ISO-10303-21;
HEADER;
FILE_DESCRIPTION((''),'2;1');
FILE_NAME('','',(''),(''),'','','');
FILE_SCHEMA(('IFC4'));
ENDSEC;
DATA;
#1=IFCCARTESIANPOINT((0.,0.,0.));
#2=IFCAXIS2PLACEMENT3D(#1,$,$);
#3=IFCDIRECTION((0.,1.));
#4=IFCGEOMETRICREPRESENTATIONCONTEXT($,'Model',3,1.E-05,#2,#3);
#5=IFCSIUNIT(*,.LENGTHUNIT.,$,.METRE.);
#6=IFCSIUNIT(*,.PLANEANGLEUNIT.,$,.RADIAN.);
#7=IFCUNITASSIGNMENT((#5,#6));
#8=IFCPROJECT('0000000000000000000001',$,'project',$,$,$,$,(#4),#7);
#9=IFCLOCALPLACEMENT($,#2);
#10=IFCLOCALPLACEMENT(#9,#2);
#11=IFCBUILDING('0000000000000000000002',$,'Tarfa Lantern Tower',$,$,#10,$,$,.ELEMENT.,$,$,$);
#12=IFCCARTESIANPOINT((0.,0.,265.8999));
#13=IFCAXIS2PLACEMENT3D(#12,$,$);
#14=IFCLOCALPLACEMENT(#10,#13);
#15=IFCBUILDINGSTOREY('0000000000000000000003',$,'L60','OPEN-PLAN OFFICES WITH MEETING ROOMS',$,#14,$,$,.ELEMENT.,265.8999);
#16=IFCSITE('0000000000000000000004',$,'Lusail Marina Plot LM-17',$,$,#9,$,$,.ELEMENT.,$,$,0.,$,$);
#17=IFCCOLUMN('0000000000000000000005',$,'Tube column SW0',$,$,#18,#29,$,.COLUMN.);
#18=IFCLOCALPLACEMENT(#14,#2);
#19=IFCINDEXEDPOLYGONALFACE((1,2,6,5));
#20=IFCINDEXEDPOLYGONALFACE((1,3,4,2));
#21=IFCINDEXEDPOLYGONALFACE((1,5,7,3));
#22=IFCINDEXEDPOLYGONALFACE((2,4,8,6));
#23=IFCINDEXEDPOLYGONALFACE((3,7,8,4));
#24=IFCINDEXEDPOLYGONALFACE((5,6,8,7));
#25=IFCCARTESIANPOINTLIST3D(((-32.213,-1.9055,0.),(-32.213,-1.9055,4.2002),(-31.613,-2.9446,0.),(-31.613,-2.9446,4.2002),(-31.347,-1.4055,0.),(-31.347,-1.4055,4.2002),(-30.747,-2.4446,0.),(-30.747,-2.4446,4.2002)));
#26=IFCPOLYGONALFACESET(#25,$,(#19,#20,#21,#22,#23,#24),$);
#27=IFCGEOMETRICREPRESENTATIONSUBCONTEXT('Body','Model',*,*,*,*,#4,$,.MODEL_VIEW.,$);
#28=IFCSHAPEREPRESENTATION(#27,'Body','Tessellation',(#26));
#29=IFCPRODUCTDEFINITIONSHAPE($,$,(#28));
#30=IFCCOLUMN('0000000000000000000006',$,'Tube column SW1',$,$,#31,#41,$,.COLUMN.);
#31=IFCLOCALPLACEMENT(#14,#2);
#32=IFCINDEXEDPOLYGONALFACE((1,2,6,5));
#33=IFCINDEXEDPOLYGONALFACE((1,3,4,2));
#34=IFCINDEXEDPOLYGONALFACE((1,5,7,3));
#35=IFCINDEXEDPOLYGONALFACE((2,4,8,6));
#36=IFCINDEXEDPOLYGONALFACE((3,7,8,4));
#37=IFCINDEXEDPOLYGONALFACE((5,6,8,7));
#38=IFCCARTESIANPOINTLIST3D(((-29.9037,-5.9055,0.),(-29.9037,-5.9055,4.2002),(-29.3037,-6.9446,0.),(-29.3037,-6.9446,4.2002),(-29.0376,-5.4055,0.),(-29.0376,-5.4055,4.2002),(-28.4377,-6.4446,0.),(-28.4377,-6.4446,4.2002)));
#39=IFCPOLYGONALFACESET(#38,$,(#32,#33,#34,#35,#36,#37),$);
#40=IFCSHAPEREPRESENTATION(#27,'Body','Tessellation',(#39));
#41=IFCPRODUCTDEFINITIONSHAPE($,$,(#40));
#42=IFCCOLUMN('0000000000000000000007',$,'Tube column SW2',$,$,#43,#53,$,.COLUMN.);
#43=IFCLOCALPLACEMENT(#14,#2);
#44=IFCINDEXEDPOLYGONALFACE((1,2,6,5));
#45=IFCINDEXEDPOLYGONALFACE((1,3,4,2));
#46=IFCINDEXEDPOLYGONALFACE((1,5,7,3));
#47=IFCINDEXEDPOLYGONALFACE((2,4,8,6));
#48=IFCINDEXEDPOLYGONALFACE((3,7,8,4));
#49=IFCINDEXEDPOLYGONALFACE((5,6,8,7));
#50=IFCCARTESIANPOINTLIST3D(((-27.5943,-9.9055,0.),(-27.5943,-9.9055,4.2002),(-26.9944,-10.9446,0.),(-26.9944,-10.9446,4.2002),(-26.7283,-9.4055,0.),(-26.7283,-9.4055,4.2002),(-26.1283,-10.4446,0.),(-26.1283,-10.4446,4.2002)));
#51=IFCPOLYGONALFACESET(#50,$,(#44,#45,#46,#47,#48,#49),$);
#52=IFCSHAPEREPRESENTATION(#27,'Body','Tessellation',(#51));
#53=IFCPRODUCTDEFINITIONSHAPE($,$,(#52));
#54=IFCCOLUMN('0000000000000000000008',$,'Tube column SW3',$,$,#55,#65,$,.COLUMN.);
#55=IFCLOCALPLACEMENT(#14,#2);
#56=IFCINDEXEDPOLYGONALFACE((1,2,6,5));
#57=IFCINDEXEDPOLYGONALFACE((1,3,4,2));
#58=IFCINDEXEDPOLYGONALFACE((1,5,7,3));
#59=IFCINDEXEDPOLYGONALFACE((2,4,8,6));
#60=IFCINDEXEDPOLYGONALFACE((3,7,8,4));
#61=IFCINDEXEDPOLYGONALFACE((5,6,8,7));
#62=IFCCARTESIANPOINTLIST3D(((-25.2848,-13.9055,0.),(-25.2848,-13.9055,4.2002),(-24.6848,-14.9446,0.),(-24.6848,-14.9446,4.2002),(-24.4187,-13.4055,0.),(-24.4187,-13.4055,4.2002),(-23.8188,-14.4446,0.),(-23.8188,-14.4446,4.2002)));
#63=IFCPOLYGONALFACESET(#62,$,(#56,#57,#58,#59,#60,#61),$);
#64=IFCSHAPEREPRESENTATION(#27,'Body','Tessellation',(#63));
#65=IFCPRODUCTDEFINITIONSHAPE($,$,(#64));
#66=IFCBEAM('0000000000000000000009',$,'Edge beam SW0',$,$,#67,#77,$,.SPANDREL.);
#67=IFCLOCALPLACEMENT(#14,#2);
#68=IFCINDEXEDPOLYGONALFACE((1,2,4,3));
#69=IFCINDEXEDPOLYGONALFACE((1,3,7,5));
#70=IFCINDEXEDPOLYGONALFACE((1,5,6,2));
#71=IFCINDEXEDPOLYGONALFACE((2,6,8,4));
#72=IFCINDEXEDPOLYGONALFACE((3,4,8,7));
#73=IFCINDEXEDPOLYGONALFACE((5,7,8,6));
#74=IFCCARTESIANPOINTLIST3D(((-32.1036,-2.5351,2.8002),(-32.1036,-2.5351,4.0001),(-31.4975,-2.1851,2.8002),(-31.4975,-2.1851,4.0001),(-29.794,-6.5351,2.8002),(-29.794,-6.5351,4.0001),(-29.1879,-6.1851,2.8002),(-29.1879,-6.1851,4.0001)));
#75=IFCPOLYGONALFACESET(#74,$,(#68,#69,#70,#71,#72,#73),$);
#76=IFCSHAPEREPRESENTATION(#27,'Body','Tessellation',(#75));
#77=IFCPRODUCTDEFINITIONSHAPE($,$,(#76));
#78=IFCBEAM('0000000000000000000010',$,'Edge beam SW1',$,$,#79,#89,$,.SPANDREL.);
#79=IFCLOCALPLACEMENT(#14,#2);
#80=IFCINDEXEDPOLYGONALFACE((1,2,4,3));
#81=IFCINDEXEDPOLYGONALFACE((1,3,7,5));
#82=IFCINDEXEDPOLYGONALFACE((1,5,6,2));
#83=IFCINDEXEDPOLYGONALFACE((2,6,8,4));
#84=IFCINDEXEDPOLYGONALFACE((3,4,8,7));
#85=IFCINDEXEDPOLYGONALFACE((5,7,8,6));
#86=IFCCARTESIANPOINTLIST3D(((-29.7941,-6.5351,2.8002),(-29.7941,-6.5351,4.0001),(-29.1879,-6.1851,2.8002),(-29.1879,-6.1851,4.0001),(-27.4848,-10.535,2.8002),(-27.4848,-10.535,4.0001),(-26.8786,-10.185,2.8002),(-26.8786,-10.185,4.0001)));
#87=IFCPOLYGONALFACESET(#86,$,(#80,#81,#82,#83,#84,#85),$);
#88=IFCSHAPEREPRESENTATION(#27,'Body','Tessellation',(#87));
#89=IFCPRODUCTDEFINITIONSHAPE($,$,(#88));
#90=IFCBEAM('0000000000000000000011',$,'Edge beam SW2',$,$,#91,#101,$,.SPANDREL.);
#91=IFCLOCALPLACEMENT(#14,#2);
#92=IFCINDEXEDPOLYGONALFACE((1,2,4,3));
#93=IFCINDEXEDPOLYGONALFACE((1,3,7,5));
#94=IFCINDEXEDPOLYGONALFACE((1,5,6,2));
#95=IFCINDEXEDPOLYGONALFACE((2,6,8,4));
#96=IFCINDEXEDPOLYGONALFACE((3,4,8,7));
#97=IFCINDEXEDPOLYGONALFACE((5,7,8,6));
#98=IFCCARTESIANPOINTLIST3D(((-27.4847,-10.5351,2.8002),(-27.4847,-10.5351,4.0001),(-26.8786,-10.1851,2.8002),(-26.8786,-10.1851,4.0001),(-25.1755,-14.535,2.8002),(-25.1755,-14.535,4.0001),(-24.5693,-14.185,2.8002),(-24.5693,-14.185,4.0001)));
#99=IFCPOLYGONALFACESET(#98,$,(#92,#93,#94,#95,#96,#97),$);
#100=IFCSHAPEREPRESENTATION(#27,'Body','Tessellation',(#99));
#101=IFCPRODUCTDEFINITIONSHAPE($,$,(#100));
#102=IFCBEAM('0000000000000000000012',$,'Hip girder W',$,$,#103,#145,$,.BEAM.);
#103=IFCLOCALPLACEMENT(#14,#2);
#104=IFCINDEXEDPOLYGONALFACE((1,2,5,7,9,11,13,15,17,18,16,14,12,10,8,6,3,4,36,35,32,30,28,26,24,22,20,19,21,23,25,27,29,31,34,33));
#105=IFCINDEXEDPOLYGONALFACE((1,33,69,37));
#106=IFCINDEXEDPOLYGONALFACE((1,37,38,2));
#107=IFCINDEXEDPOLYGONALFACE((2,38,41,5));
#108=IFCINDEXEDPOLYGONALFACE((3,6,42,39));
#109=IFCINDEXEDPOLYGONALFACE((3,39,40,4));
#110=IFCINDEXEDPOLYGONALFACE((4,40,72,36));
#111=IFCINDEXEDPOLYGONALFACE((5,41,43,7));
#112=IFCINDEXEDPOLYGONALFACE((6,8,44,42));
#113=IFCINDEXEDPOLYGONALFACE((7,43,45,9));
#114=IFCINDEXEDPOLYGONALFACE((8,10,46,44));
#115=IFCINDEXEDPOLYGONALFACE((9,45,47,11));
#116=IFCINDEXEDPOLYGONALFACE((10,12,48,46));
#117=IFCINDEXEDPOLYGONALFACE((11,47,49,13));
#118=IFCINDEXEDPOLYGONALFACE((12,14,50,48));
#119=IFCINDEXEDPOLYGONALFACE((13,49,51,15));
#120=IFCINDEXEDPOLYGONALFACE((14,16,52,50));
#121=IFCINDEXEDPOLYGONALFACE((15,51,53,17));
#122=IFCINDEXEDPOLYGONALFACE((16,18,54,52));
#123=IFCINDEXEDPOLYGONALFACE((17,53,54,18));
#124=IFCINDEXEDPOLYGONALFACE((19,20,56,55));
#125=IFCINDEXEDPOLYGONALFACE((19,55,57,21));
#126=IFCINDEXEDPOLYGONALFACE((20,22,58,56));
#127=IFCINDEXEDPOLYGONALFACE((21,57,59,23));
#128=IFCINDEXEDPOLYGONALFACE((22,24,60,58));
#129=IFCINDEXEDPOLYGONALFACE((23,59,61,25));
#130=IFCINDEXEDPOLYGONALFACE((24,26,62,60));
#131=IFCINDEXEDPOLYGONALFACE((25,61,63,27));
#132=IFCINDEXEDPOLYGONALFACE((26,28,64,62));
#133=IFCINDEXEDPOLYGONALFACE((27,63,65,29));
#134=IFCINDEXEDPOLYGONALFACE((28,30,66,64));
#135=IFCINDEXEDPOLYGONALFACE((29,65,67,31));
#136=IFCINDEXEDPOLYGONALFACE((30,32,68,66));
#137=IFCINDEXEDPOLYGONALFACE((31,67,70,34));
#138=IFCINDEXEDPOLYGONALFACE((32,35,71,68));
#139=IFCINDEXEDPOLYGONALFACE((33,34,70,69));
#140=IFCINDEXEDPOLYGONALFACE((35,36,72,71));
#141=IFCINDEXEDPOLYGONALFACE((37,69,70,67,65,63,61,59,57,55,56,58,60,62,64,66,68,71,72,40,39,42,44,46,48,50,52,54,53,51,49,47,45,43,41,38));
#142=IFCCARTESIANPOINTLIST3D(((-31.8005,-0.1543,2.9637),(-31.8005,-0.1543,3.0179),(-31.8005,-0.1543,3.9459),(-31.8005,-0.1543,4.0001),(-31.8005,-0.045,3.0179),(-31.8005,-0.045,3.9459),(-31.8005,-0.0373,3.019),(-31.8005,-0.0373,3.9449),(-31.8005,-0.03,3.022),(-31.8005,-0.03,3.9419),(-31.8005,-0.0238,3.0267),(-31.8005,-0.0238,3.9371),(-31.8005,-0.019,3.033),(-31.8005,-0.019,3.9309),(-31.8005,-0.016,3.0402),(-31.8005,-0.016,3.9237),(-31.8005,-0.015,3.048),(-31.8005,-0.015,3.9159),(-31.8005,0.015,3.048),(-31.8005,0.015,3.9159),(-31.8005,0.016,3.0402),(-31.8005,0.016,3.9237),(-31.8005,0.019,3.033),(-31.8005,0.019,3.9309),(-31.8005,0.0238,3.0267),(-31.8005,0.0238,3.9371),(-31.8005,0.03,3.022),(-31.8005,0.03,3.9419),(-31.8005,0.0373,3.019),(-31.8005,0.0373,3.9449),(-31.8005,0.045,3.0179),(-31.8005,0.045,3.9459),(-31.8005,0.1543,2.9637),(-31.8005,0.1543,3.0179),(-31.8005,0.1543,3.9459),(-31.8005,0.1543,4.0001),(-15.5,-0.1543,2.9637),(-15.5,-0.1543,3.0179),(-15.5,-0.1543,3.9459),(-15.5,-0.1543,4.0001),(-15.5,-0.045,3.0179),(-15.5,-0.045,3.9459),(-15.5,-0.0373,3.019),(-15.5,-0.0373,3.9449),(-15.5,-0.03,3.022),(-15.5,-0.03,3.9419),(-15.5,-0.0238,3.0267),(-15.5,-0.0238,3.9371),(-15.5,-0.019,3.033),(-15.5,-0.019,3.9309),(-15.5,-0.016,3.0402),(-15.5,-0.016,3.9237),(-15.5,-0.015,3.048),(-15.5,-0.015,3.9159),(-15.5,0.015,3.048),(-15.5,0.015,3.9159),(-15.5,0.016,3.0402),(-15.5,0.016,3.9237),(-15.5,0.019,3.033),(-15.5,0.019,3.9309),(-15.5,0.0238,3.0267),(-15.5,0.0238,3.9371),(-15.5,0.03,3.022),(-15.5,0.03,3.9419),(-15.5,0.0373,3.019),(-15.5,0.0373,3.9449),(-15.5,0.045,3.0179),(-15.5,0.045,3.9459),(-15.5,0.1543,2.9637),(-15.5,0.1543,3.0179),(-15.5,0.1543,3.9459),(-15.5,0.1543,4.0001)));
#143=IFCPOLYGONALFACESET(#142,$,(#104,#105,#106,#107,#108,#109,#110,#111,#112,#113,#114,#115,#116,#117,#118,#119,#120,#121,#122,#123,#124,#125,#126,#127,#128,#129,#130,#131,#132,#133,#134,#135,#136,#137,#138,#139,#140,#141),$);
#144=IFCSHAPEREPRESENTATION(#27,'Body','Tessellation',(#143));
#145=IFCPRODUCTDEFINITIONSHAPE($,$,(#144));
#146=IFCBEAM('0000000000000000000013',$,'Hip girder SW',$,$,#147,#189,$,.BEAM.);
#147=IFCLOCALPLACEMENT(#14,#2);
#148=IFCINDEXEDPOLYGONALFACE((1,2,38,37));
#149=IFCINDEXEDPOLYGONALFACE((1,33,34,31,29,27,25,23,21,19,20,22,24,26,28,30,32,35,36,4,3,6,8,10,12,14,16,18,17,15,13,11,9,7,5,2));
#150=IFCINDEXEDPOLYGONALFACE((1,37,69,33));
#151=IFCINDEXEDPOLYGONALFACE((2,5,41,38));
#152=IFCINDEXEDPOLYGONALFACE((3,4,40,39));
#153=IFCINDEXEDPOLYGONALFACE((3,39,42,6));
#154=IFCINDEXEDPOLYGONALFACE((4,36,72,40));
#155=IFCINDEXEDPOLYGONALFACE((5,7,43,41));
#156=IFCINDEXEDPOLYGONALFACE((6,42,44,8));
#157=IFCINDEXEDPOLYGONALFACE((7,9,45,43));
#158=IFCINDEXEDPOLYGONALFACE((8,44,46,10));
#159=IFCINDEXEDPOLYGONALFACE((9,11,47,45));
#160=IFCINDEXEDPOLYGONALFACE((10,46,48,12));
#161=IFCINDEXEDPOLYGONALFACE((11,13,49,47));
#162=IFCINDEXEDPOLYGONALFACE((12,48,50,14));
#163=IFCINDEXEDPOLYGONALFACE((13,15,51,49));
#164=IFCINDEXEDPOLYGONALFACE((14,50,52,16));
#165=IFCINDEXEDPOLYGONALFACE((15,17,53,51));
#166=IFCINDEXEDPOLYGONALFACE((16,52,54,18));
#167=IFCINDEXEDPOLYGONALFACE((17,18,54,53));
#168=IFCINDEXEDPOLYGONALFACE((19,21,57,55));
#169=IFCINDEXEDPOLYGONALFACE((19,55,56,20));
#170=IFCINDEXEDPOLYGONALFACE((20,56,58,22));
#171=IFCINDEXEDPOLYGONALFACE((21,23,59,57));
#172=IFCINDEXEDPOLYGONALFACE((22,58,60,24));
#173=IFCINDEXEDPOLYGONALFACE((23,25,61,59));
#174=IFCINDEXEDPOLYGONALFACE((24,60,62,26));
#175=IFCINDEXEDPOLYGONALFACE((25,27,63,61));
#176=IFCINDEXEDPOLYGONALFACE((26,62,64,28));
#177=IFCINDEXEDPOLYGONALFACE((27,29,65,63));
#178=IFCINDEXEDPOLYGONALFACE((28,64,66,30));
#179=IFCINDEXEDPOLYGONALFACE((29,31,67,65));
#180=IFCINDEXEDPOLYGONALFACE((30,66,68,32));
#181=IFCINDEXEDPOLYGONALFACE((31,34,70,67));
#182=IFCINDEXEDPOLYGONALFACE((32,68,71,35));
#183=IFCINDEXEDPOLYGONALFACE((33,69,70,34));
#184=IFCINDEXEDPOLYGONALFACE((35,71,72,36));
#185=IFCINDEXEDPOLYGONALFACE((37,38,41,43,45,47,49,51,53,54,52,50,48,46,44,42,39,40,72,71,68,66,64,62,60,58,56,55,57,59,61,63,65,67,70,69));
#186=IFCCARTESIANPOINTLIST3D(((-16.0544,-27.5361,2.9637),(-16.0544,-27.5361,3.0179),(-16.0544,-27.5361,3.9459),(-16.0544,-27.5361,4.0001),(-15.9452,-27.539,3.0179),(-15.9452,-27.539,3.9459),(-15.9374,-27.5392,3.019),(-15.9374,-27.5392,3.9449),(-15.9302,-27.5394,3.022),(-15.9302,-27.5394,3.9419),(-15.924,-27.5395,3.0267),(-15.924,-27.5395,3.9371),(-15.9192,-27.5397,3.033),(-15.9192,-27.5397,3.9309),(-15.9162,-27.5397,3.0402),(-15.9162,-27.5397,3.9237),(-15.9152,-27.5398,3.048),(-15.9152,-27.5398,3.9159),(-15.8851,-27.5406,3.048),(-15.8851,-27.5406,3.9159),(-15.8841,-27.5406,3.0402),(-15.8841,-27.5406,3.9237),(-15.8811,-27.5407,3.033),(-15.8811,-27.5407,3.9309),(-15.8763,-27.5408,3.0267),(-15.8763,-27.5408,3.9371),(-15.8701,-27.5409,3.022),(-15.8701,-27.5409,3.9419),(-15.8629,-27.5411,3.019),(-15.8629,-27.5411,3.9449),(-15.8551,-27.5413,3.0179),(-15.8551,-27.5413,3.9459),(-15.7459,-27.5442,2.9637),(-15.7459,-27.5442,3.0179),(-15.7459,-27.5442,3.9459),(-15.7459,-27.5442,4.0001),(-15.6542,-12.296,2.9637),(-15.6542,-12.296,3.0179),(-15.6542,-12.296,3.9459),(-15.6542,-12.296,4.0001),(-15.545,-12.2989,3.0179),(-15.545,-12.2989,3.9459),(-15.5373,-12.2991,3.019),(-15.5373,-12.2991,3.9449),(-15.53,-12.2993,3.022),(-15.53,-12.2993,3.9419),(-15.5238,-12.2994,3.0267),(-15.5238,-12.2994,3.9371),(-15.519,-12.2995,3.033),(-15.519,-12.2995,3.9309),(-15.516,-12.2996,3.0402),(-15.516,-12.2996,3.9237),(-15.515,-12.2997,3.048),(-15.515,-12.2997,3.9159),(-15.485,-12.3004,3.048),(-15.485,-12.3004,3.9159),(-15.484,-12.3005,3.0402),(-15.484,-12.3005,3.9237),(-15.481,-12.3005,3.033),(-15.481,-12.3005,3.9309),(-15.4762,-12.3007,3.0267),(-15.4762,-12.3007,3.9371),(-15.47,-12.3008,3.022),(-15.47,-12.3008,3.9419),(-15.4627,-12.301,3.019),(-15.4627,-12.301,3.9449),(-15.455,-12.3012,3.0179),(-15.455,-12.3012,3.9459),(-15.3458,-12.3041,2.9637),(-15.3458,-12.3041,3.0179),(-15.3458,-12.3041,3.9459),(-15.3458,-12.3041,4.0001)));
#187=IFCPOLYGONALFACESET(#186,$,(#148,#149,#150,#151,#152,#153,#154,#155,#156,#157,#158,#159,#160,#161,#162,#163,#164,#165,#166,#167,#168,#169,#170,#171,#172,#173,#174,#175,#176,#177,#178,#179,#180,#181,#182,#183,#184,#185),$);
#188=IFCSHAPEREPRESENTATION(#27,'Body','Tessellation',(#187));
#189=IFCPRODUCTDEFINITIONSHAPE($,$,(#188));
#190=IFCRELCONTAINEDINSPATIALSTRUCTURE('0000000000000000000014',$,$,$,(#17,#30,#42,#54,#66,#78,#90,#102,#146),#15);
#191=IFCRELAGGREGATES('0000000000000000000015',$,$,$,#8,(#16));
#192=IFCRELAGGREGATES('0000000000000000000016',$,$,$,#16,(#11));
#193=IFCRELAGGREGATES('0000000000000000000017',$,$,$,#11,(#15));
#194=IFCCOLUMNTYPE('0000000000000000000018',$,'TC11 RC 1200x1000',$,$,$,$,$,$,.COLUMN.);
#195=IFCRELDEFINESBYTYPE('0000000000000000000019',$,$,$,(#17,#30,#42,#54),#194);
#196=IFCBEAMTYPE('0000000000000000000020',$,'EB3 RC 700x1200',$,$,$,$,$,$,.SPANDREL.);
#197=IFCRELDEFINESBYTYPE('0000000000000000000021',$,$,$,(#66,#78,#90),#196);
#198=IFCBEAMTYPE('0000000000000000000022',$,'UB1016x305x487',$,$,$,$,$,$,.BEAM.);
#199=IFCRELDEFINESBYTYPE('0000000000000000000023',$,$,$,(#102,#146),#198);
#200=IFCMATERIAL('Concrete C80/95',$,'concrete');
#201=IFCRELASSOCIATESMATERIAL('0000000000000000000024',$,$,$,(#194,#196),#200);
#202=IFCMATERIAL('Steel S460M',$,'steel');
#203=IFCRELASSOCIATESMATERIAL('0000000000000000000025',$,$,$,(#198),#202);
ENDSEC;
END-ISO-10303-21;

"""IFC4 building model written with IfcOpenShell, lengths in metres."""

from ifc_helpers import new_model, si_unit, direction, frame, origin, origin_2d, place, context, subcontext, project, spatial, rectangle, i_section, extrude, material, material_profile, profile_set, type_object, element, save


model = new_model("IFC4")

# Units and contexts
model_context = context("Model", 3, precision=1e-05, world=origin(), true_north=direction((0.0, 1.0)))
body_context = subcontext(model_context, "Body", "Model", "MODEL_VIEW")
ifc_project = project(units=[si_unit("LENGTHUNIT", "METRE"), si_unit("PLANEANGLEUNIT", "RADIAN")], contexts=[model_context])

# Site, building, storey
site_placement = place(None, origin())
site = spatial("IfcSite", under=ifc_project, at=site_placement, Name="Lusail Marina Plot LM-17", CompositionType="ELEMENT", RefElevation=0.0)
building_placement = place(site_placement, origin())
building = spatial("IfcBuilding", under=site, at=building_placement, Name="Tarfa Lantern Tower", CompositionType="ELEMENT")
storey_placement = place(building_placement, frame((0.0, 0.0, 265.8999)))
storey = spatial("IfcBuildingStorey", under=building, at=storey_placement, Name="L60", Description="OPEN-PLAN OFFICES WITH MEETING ROOMS", CompositionType="ELEMENT", Elevation=265.8999)

# Columns
ifc_material_1 = material(Name="Concrete C80/95", Category="concrete")
ifc_material_profile_1 = material_profile(ifc_material_1, rectangle(XDim=1.2, YDim=1.0, at=origin_2d()), Name="RC 1200x1000")
ifc_profile_set_1 = profile_set([ifc_material_profile_1], Name="Concrete C80/95")
column_type = type_object("IfcColumnType", Name="TC11 RC 1200x1000", PredefinedType="COLUMN", material=ifc_profile_set_1)
for number, where, z_axis, x_axis, name in (
    (1, (-31.48, -2.175, 0.0), (0.0, 0.0, 1.0), (0.5, -0.866025, 0.0), "Tube column SW0"),
    (2, (-29.1707, -6.175, 0.0), (0.0, 0.0, 1.0), (0.5, -0.866025, 0.0), "Tube column SW1"),
    (3, (-26.8613, -10.175, 0.0), (0.0, 0.0, 1.0), (0.5, -0.866025, 0.0), "Tube column SW2"),
    (4, (-24.5518, -14.175, 0.0), (0.0, 0.0, 1.0), (0.5, -0.866025, 0.0), "Tube column SW3"),
):
    element("IfcColumn", number, at=place(storey_placement, frame(where, z_axis=z_axis, x_axis=x_axis)), inside=storey, type_object=column_type, Name=name, PredefinedType="COLUMN", context=body_context, shape_type="SweptSolid", body=[
        extrude(rectangle(XDim=1.2, YDim=1.0, at=origin_2d()), origin(), (0.0, 0.0, 1.0), 4.2002),
    ])

# Beams
ifc_material_profile_2 = material_profile(ifc_material_1, rectangle(XDim=0.7, YDim=1.2, at=origin_2d()), Name="RC 700x1200")
ifc_profile_set_2 = profile_set([ifc_material_profile_2], Name="Concrete C80/95")
beam_type_1 = type_object("IfcBeamType", Name="EB3 RC 700x1200", PredefinedType="SPANDREL", material=ifc_profile_set_2)
beam_1_placement = place(storey_placement, frame((-31.8005, -2.3601, 3.4001), z_axis=(0.500027, -0.86601, 0.0), x_axis=(0.86601, 0.500027, 0.0)))
element("IfcBeam", 5, at=beam_1_placement, inside=storey, type_object=beam_type_1, Name="Edge beam SW0", PredefinedType="SPANDREL", context=body_context, shape_type="SweptSolid", body=[
    extrude(rectangle(XDim=0.7, YDim=1.2, at=origin_2d()), origin(), (0.0, 0.0, 1.0), 4.6189),
])
for number, where, z_axis, x_axis, name in (
    (6, (-29.491, -6.3601, 3.4001), (0.499988, -0.866032, 0.0), (0.866032, 0.499988, 0.0), "Edge beam SW1"),
    (7, (-27.1816, -10.3601, 3.4001), (0.499988, -0.866032, 0.0), (0.866032, 0.499988, 0.0), "Edge beam SW2"),
):
    element("IfcBeam", number, at=place(storey_placement, frame(where, z_axis=z_axis, x_axis=x_axis)), inside=storey, type_object=beam_type_1, Name=name, PredefinedType="SPANDREL", context=body_context, shape_type="SweptSolid", body=[
        extrude(rectangle(XDim=0.7, YDim=1.2, at=origin_2d()), origin(), (0.0, 0.0, 1.0), 4.6187),
    ])
ifc_material_2 = material(Name="Steel S460M", Category="steel")
ifc_material_profile_3 = material_profile(ifc_material_2, i_section(OverallWidth=0.3086, OverallDepth=1.0364, WebThickness=0.03, FlangeThickness=0.0542, FilletRadius=0.03, at=origin_2d()), Name="UB1016x305x487")
ifc_profile_set_3 = profile_set([ifc_material_profile_3], Name="Steel S460M")
beam_type_2 = type_object("IfcBeamType", Name="UB1016x305x487", PredefinedType="BEAM", material=ifc_profile_set_3)
beam_2_placement = place(storey_placement, frame((-15.5, 0.0, 3.4819), z_axis=(-1.0, 0.0, 0.0), x_axis=(0.0, -1.0, 0.0)))
element("IfcBeam", 8, at=beam_2_placement, inside=storey, type_object=beam_type_2, Name="Hip girder W", PredefinedType="BEAM", context=body_context, shape_type="SweptSolid", body=[
    extrude(i_section(OverallWidth=0.3086, OverallDepth=1.0364, WebThickness=0.03, FlangeThickness=0.0542, FilletRadius=0.03, at=origin_2d()), origin(), (0.0, 0.0, 1.0), 16.3005),
])
beam_3_placement = place(storey_placement, frame((-15.5, -12.3, 3.4819), z_axis=(-0.026247, -0.999655, 0.0), x_axis=(0.999655, -0.026247, 0.0)))
element("IfcBeam", 9, at=beam_3_placement, inside=storey, type_object=beam_type_2, Name="Hip girder SW", PredefinedType="BEAM", context=body_context, shape_type="SweptSolid", body=[
    extrude(i_section(OverallWidth=0.3086, OverallDepth=1.0364, WebThickness=0.03, FlangeThickness=0.0542, FilletRadius=0.03, at=origin_2d()), origin(), (0.0, 0.0, 1.0), 15.2454),
])

save(model, "model.ifc")
